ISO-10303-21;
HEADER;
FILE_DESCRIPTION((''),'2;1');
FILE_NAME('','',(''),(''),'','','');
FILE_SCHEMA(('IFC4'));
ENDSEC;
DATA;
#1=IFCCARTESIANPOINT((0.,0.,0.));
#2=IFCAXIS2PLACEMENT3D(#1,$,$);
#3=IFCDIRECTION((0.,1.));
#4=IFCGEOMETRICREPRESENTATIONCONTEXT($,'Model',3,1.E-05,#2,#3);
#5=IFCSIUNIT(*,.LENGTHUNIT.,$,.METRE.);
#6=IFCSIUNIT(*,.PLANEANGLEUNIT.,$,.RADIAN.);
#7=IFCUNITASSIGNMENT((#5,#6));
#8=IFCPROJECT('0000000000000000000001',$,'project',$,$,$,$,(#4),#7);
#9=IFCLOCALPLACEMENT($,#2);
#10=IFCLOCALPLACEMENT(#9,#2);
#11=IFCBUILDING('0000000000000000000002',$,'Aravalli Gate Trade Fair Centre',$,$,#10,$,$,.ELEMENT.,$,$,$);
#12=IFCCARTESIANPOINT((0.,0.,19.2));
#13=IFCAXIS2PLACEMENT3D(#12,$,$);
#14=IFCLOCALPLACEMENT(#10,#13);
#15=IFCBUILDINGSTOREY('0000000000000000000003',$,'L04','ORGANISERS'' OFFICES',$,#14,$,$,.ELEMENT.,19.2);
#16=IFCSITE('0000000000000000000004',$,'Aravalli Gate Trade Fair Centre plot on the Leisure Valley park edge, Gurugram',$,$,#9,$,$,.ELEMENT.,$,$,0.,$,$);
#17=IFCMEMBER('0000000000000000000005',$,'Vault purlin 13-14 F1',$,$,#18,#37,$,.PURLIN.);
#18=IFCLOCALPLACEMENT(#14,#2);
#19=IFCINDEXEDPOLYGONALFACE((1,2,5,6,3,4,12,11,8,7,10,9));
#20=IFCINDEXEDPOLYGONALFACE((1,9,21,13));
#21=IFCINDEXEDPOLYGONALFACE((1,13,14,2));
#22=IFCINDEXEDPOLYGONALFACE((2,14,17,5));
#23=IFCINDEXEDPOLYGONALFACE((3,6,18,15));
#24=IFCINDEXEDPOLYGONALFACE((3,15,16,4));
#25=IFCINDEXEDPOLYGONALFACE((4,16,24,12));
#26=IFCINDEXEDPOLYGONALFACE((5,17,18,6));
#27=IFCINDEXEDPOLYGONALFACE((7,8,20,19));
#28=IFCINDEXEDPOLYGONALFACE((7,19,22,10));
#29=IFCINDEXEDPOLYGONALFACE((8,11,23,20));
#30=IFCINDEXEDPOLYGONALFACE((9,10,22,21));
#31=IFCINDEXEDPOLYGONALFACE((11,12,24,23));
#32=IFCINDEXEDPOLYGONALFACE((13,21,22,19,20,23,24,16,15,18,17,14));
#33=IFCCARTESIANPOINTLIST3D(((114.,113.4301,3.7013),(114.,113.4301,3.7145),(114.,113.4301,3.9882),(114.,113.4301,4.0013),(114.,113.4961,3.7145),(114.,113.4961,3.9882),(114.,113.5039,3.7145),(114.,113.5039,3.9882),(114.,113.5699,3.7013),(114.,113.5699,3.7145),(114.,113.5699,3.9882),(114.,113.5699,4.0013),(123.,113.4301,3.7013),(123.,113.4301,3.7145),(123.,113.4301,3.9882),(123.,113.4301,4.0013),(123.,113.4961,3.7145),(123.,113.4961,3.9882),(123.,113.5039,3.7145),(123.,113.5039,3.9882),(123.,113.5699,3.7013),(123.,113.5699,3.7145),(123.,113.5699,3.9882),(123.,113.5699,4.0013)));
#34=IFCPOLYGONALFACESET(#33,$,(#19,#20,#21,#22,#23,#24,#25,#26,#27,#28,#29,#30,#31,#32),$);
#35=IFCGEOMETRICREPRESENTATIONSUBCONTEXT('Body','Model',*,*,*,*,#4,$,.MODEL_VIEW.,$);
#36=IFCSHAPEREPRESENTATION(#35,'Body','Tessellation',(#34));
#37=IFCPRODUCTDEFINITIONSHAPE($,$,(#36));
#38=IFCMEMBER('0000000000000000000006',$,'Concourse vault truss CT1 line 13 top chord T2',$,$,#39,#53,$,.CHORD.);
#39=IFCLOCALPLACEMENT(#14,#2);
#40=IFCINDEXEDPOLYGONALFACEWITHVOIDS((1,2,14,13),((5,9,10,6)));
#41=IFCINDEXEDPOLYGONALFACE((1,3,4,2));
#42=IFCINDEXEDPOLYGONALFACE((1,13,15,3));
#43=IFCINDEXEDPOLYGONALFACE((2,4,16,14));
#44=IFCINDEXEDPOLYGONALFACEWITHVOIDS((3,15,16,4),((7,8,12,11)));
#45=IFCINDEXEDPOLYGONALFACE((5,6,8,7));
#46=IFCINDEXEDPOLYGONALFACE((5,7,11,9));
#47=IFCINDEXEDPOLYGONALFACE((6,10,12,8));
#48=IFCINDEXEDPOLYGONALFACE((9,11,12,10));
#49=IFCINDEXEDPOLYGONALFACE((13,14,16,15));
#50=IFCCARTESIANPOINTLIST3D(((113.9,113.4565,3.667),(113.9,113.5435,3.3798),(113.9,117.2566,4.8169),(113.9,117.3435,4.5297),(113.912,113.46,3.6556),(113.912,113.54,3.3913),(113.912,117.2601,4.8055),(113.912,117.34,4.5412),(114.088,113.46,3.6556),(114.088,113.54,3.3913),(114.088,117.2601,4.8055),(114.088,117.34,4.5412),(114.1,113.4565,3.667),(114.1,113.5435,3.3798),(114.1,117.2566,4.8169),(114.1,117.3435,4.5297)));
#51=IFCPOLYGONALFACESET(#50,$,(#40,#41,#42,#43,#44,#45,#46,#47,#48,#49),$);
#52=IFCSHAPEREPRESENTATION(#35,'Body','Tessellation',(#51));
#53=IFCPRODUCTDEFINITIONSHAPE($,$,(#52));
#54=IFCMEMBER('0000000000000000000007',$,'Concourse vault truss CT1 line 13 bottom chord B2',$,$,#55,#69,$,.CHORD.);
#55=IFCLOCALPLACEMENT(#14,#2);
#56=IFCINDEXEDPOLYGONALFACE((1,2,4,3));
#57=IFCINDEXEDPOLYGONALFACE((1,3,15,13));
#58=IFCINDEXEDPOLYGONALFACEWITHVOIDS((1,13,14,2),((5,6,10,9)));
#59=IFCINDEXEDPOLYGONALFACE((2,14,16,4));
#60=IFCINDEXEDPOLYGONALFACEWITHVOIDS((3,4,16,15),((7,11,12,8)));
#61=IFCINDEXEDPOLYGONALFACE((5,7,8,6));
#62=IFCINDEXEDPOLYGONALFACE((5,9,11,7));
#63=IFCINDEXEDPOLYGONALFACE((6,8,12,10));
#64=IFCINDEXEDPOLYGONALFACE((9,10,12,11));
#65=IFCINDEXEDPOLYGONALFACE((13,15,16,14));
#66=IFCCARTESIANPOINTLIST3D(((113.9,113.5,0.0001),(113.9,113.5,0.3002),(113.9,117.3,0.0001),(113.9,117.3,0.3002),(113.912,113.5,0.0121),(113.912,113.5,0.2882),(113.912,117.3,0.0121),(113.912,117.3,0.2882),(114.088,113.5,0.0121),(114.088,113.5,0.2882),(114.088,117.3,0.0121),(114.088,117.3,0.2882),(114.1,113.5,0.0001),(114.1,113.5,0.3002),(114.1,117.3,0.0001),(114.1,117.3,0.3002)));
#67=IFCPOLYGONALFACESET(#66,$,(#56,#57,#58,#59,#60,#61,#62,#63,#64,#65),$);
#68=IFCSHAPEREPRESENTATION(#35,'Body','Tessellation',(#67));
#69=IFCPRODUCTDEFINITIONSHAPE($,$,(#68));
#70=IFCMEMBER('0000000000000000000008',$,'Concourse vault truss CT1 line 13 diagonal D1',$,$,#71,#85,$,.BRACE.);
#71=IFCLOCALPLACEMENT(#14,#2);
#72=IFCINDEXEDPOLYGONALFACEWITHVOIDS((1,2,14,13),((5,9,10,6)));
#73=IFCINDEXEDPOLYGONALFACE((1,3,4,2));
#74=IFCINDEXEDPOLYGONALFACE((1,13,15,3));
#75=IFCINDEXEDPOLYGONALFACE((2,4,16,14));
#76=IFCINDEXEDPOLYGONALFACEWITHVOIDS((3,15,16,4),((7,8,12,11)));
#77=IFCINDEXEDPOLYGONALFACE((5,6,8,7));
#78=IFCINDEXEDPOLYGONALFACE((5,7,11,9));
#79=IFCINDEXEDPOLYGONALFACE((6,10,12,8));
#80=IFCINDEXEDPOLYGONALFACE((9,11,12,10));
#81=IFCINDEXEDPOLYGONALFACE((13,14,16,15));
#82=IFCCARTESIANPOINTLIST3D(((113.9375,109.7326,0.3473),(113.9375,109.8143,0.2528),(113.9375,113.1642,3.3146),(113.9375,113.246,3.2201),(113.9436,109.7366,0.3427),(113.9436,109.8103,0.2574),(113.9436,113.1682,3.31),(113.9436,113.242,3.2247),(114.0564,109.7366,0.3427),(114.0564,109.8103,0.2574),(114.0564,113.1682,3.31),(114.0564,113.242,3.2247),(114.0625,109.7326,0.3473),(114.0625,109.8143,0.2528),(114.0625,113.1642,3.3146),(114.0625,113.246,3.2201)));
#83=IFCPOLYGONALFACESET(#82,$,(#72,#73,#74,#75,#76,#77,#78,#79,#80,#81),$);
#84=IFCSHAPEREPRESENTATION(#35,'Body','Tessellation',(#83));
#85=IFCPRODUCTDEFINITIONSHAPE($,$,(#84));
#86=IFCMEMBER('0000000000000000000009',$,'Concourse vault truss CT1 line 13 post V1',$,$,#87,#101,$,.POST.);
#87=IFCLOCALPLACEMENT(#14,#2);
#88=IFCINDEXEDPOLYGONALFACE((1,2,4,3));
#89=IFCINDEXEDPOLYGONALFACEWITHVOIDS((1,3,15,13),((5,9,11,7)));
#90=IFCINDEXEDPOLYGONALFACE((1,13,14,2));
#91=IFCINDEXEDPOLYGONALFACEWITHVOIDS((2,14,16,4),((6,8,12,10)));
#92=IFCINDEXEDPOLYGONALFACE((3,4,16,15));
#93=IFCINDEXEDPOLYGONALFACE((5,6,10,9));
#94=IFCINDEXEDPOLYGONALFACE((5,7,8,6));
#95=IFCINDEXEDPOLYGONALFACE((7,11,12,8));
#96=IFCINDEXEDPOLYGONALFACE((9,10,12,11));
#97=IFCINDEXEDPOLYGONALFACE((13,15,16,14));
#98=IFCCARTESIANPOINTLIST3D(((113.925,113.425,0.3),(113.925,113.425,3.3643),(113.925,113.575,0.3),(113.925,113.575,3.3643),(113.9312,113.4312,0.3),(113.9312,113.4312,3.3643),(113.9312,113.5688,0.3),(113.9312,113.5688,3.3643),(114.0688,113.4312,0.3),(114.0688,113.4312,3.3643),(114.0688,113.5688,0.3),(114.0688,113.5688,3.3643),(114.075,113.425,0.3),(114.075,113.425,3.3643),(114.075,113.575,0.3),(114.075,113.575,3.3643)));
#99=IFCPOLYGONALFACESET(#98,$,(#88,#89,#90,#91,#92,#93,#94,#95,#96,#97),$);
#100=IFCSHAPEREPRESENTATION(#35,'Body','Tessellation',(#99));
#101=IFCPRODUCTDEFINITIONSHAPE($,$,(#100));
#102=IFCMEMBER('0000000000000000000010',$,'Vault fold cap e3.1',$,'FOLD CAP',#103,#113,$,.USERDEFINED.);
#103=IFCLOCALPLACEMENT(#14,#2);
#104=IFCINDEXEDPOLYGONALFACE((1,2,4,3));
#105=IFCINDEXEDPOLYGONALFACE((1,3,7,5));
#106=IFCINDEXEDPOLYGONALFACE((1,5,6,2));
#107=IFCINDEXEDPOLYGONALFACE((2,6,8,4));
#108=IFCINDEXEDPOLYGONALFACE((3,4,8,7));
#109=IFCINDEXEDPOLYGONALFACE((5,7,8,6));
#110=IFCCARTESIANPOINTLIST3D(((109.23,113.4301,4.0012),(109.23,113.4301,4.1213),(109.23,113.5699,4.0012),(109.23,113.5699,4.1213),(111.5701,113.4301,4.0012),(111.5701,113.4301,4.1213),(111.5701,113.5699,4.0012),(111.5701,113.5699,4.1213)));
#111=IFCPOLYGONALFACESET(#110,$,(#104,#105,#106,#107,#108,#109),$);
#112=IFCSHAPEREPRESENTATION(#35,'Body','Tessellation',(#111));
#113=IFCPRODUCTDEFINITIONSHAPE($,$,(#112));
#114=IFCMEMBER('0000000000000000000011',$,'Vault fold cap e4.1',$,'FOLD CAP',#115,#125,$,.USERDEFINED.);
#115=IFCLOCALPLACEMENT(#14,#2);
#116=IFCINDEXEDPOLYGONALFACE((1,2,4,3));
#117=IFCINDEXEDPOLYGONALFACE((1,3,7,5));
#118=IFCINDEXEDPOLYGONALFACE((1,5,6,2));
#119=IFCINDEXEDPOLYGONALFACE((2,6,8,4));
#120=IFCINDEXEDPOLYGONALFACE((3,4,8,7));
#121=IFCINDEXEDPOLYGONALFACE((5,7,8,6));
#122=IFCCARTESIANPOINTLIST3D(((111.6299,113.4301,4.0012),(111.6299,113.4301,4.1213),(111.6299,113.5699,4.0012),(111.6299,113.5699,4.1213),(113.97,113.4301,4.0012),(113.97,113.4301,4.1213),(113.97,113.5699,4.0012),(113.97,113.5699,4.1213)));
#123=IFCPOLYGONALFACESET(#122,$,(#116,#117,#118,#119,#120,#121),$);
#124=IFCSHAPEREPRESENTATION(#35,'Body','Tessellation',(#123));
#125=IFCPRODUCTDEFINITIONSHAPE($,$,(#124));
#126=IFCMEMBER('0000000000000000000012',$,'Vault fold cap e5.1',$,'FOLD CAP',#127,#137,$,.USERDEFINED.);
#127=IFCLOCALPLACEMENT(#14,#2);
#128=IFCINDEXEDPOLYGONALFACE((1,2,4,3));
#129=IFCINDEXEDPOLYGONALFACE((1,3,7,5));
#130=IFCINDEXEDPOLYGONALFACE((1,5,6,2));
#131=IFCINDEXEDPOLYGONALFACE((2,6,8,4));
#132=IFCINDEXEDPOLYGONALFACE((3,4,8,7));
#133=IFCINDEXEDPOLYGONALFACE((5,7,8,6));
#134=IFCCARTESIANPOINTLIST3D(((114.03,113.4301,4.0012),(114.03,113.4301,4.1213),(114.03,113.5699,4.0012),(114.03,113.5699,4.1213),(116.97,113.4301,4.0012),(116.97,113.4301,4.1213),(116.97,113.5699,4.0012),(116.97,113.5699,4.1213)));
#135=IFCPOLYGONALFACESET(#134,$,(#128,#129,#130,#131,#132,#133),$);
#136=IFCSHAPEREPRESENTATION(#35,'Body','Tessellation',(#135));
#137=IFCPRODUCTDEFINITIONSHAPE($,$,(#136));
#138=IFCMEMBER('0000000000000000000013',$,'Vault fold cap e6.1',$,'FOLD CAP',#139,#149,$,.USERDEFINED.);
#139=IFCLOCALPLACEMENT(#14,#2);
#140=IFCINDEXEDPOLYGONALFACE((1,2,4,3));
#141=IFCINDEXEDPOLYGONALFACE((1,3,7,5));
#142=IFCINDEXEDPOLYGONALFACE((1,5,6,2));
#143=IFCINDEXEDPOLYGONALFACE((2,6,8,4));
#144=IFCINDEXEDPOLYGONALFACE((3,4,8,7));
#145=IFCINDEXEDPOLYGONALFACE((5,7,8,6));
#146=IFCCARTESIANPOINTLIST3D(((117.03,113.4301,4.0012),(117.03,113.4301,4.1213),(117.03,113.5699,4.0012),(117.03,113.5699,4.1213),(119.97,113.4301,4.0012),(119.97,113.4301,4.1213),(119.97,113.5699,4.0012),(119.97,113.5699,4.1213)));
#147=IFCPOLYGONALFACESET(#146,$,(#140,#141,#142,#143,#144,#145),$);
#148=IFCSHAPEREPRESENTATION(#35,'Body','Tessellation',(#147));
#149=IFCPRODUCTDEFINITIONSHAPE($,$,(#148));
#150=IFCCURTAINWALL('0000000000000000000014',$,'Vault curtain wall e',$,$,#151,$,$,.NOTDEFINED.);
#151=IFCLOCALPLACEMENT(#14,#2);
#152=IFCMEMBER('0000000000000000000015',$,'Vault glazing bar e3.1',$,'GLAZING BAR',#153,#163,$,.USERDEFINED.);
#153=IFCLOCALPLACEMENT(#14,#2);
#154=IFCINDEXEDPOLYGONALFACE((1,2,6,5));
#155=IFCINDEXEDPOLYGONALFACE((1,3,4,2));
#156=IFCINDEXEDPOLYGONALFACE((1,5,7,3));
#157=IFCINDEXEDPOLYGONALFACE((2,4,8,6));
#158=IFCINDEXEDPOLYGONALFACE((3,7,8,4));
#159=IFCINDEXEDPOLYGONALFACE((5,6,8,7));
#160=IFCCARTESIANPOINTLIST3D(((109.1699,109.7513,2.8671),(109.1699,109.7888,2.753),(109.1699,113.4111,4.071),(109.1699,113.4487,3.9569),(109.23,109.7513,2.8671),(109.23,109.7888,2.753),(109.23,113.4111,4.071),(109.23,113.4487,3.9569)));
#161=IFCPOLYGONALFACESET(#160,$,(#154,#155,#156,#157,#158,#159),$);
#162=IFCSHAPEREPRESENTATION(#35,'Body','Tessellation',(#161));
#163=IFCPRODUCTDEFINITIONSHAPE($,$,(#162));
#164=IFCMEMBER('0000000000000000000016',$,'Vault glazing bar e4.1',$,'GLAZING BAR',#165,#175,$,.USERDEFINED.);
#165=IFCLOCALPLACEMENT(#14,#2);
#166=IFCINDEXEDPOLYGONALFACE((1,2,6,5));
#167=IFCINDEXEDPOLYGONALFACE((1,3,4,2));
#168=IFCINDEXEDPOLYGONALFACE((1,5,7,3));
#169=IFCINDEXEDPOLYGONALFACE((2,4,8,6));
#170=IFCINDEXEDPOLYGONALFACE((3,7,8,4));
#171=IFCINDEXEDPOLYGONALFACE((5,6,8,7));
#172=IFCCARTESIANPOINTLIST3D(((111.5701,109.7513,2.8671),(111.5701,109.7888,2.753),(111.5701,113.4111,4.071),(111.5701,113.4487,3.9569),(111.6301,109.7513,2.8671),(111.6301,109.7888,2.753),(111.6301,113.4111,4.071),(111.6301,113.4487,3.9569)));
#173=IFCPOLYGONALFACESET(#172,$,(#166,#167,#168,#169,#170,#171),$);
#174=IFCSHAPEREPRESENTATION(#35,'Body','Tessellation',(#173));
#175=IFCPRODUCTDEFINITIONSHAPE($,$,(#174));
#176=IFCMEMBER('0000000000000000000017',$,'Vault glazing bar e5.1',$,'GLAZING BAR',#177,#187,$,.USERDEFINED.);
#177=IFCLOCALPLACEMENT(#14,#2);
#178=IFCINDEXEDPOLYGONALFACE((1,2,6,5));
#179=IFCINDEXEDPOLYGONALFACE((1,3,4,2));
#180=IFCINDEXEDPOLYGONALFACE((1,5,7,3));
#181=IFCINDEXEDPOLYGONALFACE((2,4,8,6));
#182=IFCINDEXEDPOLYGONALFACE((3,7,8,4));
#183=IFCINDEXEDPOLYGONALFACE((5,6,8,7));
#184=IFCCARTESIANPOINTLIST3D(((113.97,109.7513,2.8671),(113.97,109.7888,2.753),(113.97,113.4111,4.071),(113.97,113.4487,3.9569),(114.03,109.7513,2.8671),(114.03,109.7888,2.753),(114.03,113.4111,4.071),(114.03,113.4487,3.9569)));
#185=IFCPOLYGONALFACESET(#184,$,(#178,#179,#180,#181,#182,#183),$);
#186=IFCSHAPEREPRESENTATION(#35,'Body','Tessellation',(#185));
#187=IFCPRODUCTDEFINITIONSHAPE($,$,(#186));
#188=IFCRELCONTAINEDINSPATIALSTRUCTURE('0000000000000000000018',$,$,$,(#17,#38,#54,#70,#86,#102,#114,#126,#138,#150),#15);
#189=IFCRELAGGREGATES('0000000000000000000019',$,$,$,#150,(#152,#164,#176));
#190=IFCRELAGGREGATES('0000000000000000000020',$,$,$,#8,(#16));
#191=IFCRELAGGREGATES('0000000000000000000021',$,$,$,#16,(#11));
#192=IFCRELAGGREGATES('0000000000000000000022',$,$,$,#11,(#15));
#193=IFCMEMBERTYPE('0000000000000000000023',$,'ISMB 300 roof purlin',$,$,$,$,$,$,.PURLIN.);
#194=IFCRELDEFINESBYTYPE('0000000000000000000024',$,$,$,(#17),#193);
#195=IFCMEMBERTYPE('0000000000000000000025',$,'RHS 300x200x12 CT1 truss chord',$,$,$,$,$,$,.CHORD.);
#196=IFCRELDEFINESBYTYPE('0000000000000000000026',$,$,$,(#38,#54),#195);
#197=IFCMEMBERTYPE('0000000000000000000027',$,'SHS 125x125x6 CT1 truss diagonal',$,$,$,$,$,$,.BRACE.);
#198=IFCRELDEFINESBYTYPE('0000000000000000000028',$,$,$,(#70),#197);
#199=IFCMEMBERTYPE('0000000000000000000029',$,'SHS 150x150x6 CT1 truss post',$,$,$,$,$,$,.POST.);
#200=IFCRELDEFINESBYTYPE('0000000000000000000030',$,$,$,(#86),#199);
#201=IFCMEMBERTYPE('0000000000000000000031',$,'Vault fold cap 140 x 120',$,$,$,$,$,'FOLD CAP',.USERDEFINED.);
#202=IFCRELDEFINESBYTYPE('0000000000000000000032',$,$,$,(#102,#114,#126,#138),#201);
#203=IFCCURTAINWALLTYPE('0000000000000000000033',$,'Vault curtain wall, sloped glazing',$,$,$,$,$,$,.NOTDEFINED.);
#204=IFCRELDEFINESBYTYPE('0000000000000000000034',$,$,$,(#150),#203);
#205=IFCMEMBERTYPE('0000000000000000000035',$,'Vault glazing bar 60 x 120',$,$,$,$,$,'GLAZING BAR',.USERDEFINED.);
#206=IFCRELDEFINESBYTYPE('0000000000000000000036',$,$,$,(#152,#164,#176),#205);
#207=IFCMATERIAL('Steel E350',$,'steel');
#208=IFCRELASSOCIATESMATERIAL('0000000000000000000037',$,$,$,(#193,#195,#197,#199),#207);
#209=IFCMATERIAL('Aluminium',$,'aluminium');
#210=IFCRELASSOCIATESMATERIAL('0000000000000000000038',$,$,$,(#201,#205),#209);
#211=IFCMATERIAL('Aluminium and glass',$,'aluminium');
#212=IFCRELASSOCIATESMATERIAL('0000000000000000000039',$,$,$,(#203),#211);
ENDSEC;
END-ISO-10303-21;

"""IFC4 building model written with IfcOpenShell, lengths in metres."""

from ifc_helpers import new_model, si_unit, direction, frame, origin, origin_2d, place, context, subcontext, project, spatial, rectangle, hollow_rectangle, i_section, extrude, material, material_profile, profile_set, type_object, element, aggregate, save


model = new_model("IFC4")

# Units and contexts
model_context = context("Model", 3, precision=1e-05, world=origin(), true_north=direction((0.0, 1.0)))
body_context = subcontext(model_context, "Body", "Model", "MODEL_VIEW")
ifc_project = project(units=[si_unit("LENGTHUNIT", "METRE"), si_unit("PLANEANGLEUNIT", "RADIAN")], contexts=[model_context])

# Site, building, storey
site_placement = place(None, origin())
site = spatial("IfcSite", under=ifc_project, at=site_placement, Name="Aravalli Gate Trade Fair Centre plot on the Leisure Valley park edge, Gurugram", CompositionType="ELEMENT", RefElevation=0.0)
building_placement = place(site_placement, origin())
building = spatial("IfcBuilding", under=site, at=building_placement, Name="Aravalli Gate Trade Fair Centre", CompositionType="ELEMENT")
storey_placement = place(building_placement, frame((0.0, 0.0, 19.2)))
storey = spatial("IfcBuildingStorey", under=building, at=storey_placement, Name="L04", Description="ORGANISERS' OFFICES", CompositionType="ELEMENT", Elevation=19.2)

# Members
ifc_material_1 = material(Name="Steel E350", Category="steel")
ifc_material_profile_1 = material_profile(ifc_material_1, i_section(OverallWidth=0.1399, OverallDepth=0.3, WebThickness=0.0078, FlangeThickness=0.0132, at=origin_2d()), Name="ISMB 300")
ifc_profile_set_1 = profile_set([ifc_material_profile_1], Name="Steel E350")
member_type_1 = type_object("IfcMemberType", Name="ISMB 300 roof purlin", PredefinedType="PURLIN", material=ifc_profile_set_1)
member_1_placement = place(storey_placement, frame((114.0, 113.5, 3.8513), z_axis=(1.0, 0.0, 0.0), x_axis=(0.0, 1.0, 0.0)))
element("IfcMember", 1, at=member_1_placement, inside=storey, type_object=member_type_1, Name="Vault purlin 13-14 F1", PredefinedType="PURLIN", context=body_context, shape_type="SweptSolid", body=[
    extrude(i_section(OverallWidth=0.1399, OverallDepth=0.3, WebThickness=0.0078, FlangeThickness=0.0132, at=origin_2d()), origin(), (0.0, 0.0, 1.0), 9.0),
])
ifc_material_profile_2 = material_profile(ifc_material_1, hollow_rectangle(XDim=0.2, YDim=0.3, WallThickness=0.012, at=origin_2d()), Name="RHS 300x200x12")
ifc_profile_set_2 = profile_set([ifc_material_profile_2], Name="Steel E350")
member_type_2 = type_object("IfcMemberType", Name="RHS 300x200x12 CT1 truss chord", PredefinedType="CHORD", material=ifc_profile_set_2)
member_2_placement = place(storey_placement, frame((114.0, 113.5, 3.5234), z_axis=(0.0, 0.957138, 0.289632), x_axis=(-1.0, 0.0, 0.0)))
element("IfcMember", 2, at=member_2_placement, inside=storey, type_object=member_type_2, Name="Concourse vault truss CT1 line 13 top chord T2", PredefinedType="CHORD", context=body_context, shape_type="SweptSolid", body=[
    extrude(hollow_rectangle(XDim=0.2, YDim=0.3, WallThickness=0.012, at=origin_2d()), origin(), (0.0, 0.0, 1.0), 3.9702),
])
member_3_placement = place(storey_placement, frame((114.0, 113.5, 0.1501), z_axis=(0.0, 1.0, 0.0), x_axis=(-1.0, 0.0, 0.0)))
element("IfcMember", 3, at=member_3_placement, inside=storey, type_object=member_type_2, Name="Concourse vault truss CT1 line 13 bottom chord B2", PredefinedType="CHORD", context=body_context, shape_type="SweptSolid", body=[
    extrude(hollow_rectangle(XDim=0.2, YDim=0.3, WallThickness=0.012, at=origin_2d()), origin(), (0.0, 0.0, 1.0), 3.8),
])
ifc_material_profile_3 = material_profile(ifc_material_1, hollow_rectangle(XDim=0.125, YDim=0.125, WallThickness=0.0061, at=origin_2d()), Name="SHS 125x125x6")
ifc_profile_set_3 = profile_set([ifc_material_profile_3], Name="Steel E350")
member_type_3 = type_object("IfcMemberType", Name="SHS 125x125x6 CT1 truss diagonal", PredefinedType="BRACE", material=ifc_profile_set_3)
member_4_placement = place(storey_placement, frame((114.0, 109.7734, 0.3), z_axis=(0.0, 0.756431, 0.654074), x_axis=(-1.0, 0.0, 0.0)))
element("IfcMember", 4, at=member_4_placement, inside=storey, type_object=member_type_3, Name="Concourse vault truss CT1 line 13 diagonal D1", PredefinedType="BRACE", context=body_context, shape_type="SweptSolid", body=[
    extrude(hollow_rectangle(XDim=0.125, YDim=0.125, WallThickness=0.0061, at=origin_2d()), origin(), (0.0, 0.0, 1.0), 4.5366),
])
ifc_material_profile_4 = material_profile(ifc_material_1, hollow_rectangle(XDim=0.1499, YDim=0.1499, WallThickness=0.0061, at=origin_2d()), Name="SHS 150x150x6")
ifc_profile_set_4 = profile_set([ifc_material_profile_4], Name="Steel E350")
member_type_4 = type_object("IfcMemberType", Name="SHS 150x150x6 CT1 truss post", PredefinedType="POST", material=ifc_profile_set_4)
member_5_placement = place(storey_placement, frame((114.0, 113.5, 0.3), z_axis=(0.0, 0.0, 1.0), x_axis=(1.0, 0.0, 0.0)))
element("IfcMember", 5, at=member_5_placement, inside=storey, type_object=member_type_4, Name="Concourse vault truss CT1 line 13 post V1", PredefinedType="POST", context=body_context, shape_type="SweptSolid", body=[
    extrude(hollow_rectangle(XDim=0.1499, YDim=0.1499, WallThickness=0.0061, at=origin_2d()), origin(), (0.0, 0.0, 1.0), 3.0642),
])
ifc_material_2 = material(Name="Aluminium", Category="aluminium")
ifc_material_profile_5 = material_profile(ifc_material_2, rectangle(XDim=0.1399, YDim=0.1201, at=origin_2d()), Name="Vault fold cap 140 x 120")
ifc_profile_set_5 = profile_set([ifc_material_profile_5], Name="Aluminium")
member_type_5 = type_object("IfcMemberType", Name="Vault fold cap 140 x 120", ElementType="FOLD CAP", PredefinedType="USERDEFINED", material=ifc_profile_set_5)
for number, where, z_axis, x_axis, name in (
    (6, (109.23, 113.5, 4.0613), (1.0, 0.0, 0.0), (0.0, 1.0, 0.0), "Vault fold cap e3.1"),
    (7, (111.6299, 113.5, 4.0613), (1.0, 0.0, 0.0), (0.0, 1.0, 0.0), "Vault fold cap e4.1"),
):
    element("IfcMember", number, at=place(storey_placement, frame(where, z_axis=z_axis, x_axis=x_axis)), inside=storey, type_object=member_type_5, Name=name, ObjectType="FOLD CAP", PredefinedType="USERDEFINED", context=body_context, shape_type="SweptSolid", body=[
        extrude(rectangle(XDim=0.1399, YDim=0.1201, at=origin_2d()), origin(), (0.0, 0.0, 1.0), 2.3401),
    ])
for number, where, z_axis, x_axis, name in (
    (8, (114.03, 113.5, 4.0613), (1.0, 0.0, 0.0), (0.0, 1.0, 0.0), "Vault fold cap e5.1"),
    (9, (117.03, 113.5, 4.0613), (1.0, 0.0, 0.0), (0.0, 1.0, 0.0), "Vault fold cap e6.1"),
):
    element("IfcMember", number, at=place(storey_placement, frame(where, z_axis=z_axis, x_axis=x_axis)), inside=storey, type_object=member_type_5, Name=name, ObjectType="FOLD CAP", PredefinedType="USERDEFINED", context=body_context, shape_type="SweptSolid", body=[
        extrude(rectangle(XDim=0.1399, YDim=0.1201, at=origin_2d()), origin(), (0.0, 0.0, 1.0), 2.9399),
    ])

# Curtain wall, members
ifc_material_3 = material(Name="Aluminium and glass", Category="aluminium")
curtain_wall_type = type_object("IfcCurtainWallType", Name="Vault curtain wall, sloped glazing", PredefinedType="NOTDEFINED", material=ifc_material_3)
curtain_wall_placement = place(storey_placement, origin())
curtain_wall = element("IfcCurtainWall", 10, at=curtain_wall_placement, inside=storey, type_object=curtain_wall_type, Name="Vault curtain wall e", PredefinedType="NOTDEFINED")
ifc_material_profile_6 = material_profile(ifc_material_2, rectangle(XDim=0.0601, YDim=0.1201, at=origin_2d()), Name="Vault glazing bar 60 x 120")
ifc_profile_set_6 = profile_set([ifc_material_profile_6], Name="Aluminium")
member_type_6 = type_object("IfcMemberType", Name="Vault glazing bar 60 x 120", ElementType="GLAZING BAR", PredefinedType="USERDEFINED", material=ifc_profile_set_6)
member_6_placement = place(storey_placement, frame((109.2, 109.77, 2.8101), z_axis=(0.0, 0.94993, 0.312461), x_axis=(-1.0, 0.0, 0.0)))
member_6 = element("IfcMember", 11, at=member_6_placement, type_object=member_type_6, Name="Vault glazing bar e3.1", ObjectType="GLAZING BAR", PredefinedType="USERDEFINED", context=body_context, shape_type="SweptSolid", body=[
    extrude(rectangle(XDim=0.0601, YDim=0.1201, at=origin_2d()), origin(), (0.0, 0.0, 1.0), 3.8528),
])
member_7_placement = place(storey_placement, frame((111.6001, 109.77, 2.8101), z_axis=(0.0, 0.94993, 0.312461), x_axis=(-1.0, 0.0, 0.0)))
member_7 = element("IfcMember", 12, at=member_7_placement, type_object=member_type_6, Name="Vault glazing bar e4.1", ObjectType="GLAZING BAR", PredefinedType="USERDEFINED", context=body_context, shape_type="SweptSolid", body=[
    extrude(rectangle(XDim=0.0601, YDim=0.1201, at=origin_2d()), origin(), (0.0, 0.0, 1.0), 3.8528),
])
member_8_placement = place(storey_placement, frame((114.0, 109.77, 2.8101), z_axis=(0.0, 0.94993, 0.312461), x_axis=(-1.0, 0.0, 0.0)))
member_8 = element("IfcMember", 13, at=member_8_placement, type_object=member_type_6, Name="Vault glazing bar e5.1", ObjectType="GLAZING BAR", PredefinedType="USERDEFINED", context=body_context, shape_type="SweptSolid", body=[
    extrude(rectangle(XDim=0.0601, YDim=0.1201, at=origin_2d()), origin(), (0.0, 0.0, 1.0), 3.8528),
])
aggregate(curtain_wall, [member_6, member_7, member_8])

save(model, "model.ifc")
